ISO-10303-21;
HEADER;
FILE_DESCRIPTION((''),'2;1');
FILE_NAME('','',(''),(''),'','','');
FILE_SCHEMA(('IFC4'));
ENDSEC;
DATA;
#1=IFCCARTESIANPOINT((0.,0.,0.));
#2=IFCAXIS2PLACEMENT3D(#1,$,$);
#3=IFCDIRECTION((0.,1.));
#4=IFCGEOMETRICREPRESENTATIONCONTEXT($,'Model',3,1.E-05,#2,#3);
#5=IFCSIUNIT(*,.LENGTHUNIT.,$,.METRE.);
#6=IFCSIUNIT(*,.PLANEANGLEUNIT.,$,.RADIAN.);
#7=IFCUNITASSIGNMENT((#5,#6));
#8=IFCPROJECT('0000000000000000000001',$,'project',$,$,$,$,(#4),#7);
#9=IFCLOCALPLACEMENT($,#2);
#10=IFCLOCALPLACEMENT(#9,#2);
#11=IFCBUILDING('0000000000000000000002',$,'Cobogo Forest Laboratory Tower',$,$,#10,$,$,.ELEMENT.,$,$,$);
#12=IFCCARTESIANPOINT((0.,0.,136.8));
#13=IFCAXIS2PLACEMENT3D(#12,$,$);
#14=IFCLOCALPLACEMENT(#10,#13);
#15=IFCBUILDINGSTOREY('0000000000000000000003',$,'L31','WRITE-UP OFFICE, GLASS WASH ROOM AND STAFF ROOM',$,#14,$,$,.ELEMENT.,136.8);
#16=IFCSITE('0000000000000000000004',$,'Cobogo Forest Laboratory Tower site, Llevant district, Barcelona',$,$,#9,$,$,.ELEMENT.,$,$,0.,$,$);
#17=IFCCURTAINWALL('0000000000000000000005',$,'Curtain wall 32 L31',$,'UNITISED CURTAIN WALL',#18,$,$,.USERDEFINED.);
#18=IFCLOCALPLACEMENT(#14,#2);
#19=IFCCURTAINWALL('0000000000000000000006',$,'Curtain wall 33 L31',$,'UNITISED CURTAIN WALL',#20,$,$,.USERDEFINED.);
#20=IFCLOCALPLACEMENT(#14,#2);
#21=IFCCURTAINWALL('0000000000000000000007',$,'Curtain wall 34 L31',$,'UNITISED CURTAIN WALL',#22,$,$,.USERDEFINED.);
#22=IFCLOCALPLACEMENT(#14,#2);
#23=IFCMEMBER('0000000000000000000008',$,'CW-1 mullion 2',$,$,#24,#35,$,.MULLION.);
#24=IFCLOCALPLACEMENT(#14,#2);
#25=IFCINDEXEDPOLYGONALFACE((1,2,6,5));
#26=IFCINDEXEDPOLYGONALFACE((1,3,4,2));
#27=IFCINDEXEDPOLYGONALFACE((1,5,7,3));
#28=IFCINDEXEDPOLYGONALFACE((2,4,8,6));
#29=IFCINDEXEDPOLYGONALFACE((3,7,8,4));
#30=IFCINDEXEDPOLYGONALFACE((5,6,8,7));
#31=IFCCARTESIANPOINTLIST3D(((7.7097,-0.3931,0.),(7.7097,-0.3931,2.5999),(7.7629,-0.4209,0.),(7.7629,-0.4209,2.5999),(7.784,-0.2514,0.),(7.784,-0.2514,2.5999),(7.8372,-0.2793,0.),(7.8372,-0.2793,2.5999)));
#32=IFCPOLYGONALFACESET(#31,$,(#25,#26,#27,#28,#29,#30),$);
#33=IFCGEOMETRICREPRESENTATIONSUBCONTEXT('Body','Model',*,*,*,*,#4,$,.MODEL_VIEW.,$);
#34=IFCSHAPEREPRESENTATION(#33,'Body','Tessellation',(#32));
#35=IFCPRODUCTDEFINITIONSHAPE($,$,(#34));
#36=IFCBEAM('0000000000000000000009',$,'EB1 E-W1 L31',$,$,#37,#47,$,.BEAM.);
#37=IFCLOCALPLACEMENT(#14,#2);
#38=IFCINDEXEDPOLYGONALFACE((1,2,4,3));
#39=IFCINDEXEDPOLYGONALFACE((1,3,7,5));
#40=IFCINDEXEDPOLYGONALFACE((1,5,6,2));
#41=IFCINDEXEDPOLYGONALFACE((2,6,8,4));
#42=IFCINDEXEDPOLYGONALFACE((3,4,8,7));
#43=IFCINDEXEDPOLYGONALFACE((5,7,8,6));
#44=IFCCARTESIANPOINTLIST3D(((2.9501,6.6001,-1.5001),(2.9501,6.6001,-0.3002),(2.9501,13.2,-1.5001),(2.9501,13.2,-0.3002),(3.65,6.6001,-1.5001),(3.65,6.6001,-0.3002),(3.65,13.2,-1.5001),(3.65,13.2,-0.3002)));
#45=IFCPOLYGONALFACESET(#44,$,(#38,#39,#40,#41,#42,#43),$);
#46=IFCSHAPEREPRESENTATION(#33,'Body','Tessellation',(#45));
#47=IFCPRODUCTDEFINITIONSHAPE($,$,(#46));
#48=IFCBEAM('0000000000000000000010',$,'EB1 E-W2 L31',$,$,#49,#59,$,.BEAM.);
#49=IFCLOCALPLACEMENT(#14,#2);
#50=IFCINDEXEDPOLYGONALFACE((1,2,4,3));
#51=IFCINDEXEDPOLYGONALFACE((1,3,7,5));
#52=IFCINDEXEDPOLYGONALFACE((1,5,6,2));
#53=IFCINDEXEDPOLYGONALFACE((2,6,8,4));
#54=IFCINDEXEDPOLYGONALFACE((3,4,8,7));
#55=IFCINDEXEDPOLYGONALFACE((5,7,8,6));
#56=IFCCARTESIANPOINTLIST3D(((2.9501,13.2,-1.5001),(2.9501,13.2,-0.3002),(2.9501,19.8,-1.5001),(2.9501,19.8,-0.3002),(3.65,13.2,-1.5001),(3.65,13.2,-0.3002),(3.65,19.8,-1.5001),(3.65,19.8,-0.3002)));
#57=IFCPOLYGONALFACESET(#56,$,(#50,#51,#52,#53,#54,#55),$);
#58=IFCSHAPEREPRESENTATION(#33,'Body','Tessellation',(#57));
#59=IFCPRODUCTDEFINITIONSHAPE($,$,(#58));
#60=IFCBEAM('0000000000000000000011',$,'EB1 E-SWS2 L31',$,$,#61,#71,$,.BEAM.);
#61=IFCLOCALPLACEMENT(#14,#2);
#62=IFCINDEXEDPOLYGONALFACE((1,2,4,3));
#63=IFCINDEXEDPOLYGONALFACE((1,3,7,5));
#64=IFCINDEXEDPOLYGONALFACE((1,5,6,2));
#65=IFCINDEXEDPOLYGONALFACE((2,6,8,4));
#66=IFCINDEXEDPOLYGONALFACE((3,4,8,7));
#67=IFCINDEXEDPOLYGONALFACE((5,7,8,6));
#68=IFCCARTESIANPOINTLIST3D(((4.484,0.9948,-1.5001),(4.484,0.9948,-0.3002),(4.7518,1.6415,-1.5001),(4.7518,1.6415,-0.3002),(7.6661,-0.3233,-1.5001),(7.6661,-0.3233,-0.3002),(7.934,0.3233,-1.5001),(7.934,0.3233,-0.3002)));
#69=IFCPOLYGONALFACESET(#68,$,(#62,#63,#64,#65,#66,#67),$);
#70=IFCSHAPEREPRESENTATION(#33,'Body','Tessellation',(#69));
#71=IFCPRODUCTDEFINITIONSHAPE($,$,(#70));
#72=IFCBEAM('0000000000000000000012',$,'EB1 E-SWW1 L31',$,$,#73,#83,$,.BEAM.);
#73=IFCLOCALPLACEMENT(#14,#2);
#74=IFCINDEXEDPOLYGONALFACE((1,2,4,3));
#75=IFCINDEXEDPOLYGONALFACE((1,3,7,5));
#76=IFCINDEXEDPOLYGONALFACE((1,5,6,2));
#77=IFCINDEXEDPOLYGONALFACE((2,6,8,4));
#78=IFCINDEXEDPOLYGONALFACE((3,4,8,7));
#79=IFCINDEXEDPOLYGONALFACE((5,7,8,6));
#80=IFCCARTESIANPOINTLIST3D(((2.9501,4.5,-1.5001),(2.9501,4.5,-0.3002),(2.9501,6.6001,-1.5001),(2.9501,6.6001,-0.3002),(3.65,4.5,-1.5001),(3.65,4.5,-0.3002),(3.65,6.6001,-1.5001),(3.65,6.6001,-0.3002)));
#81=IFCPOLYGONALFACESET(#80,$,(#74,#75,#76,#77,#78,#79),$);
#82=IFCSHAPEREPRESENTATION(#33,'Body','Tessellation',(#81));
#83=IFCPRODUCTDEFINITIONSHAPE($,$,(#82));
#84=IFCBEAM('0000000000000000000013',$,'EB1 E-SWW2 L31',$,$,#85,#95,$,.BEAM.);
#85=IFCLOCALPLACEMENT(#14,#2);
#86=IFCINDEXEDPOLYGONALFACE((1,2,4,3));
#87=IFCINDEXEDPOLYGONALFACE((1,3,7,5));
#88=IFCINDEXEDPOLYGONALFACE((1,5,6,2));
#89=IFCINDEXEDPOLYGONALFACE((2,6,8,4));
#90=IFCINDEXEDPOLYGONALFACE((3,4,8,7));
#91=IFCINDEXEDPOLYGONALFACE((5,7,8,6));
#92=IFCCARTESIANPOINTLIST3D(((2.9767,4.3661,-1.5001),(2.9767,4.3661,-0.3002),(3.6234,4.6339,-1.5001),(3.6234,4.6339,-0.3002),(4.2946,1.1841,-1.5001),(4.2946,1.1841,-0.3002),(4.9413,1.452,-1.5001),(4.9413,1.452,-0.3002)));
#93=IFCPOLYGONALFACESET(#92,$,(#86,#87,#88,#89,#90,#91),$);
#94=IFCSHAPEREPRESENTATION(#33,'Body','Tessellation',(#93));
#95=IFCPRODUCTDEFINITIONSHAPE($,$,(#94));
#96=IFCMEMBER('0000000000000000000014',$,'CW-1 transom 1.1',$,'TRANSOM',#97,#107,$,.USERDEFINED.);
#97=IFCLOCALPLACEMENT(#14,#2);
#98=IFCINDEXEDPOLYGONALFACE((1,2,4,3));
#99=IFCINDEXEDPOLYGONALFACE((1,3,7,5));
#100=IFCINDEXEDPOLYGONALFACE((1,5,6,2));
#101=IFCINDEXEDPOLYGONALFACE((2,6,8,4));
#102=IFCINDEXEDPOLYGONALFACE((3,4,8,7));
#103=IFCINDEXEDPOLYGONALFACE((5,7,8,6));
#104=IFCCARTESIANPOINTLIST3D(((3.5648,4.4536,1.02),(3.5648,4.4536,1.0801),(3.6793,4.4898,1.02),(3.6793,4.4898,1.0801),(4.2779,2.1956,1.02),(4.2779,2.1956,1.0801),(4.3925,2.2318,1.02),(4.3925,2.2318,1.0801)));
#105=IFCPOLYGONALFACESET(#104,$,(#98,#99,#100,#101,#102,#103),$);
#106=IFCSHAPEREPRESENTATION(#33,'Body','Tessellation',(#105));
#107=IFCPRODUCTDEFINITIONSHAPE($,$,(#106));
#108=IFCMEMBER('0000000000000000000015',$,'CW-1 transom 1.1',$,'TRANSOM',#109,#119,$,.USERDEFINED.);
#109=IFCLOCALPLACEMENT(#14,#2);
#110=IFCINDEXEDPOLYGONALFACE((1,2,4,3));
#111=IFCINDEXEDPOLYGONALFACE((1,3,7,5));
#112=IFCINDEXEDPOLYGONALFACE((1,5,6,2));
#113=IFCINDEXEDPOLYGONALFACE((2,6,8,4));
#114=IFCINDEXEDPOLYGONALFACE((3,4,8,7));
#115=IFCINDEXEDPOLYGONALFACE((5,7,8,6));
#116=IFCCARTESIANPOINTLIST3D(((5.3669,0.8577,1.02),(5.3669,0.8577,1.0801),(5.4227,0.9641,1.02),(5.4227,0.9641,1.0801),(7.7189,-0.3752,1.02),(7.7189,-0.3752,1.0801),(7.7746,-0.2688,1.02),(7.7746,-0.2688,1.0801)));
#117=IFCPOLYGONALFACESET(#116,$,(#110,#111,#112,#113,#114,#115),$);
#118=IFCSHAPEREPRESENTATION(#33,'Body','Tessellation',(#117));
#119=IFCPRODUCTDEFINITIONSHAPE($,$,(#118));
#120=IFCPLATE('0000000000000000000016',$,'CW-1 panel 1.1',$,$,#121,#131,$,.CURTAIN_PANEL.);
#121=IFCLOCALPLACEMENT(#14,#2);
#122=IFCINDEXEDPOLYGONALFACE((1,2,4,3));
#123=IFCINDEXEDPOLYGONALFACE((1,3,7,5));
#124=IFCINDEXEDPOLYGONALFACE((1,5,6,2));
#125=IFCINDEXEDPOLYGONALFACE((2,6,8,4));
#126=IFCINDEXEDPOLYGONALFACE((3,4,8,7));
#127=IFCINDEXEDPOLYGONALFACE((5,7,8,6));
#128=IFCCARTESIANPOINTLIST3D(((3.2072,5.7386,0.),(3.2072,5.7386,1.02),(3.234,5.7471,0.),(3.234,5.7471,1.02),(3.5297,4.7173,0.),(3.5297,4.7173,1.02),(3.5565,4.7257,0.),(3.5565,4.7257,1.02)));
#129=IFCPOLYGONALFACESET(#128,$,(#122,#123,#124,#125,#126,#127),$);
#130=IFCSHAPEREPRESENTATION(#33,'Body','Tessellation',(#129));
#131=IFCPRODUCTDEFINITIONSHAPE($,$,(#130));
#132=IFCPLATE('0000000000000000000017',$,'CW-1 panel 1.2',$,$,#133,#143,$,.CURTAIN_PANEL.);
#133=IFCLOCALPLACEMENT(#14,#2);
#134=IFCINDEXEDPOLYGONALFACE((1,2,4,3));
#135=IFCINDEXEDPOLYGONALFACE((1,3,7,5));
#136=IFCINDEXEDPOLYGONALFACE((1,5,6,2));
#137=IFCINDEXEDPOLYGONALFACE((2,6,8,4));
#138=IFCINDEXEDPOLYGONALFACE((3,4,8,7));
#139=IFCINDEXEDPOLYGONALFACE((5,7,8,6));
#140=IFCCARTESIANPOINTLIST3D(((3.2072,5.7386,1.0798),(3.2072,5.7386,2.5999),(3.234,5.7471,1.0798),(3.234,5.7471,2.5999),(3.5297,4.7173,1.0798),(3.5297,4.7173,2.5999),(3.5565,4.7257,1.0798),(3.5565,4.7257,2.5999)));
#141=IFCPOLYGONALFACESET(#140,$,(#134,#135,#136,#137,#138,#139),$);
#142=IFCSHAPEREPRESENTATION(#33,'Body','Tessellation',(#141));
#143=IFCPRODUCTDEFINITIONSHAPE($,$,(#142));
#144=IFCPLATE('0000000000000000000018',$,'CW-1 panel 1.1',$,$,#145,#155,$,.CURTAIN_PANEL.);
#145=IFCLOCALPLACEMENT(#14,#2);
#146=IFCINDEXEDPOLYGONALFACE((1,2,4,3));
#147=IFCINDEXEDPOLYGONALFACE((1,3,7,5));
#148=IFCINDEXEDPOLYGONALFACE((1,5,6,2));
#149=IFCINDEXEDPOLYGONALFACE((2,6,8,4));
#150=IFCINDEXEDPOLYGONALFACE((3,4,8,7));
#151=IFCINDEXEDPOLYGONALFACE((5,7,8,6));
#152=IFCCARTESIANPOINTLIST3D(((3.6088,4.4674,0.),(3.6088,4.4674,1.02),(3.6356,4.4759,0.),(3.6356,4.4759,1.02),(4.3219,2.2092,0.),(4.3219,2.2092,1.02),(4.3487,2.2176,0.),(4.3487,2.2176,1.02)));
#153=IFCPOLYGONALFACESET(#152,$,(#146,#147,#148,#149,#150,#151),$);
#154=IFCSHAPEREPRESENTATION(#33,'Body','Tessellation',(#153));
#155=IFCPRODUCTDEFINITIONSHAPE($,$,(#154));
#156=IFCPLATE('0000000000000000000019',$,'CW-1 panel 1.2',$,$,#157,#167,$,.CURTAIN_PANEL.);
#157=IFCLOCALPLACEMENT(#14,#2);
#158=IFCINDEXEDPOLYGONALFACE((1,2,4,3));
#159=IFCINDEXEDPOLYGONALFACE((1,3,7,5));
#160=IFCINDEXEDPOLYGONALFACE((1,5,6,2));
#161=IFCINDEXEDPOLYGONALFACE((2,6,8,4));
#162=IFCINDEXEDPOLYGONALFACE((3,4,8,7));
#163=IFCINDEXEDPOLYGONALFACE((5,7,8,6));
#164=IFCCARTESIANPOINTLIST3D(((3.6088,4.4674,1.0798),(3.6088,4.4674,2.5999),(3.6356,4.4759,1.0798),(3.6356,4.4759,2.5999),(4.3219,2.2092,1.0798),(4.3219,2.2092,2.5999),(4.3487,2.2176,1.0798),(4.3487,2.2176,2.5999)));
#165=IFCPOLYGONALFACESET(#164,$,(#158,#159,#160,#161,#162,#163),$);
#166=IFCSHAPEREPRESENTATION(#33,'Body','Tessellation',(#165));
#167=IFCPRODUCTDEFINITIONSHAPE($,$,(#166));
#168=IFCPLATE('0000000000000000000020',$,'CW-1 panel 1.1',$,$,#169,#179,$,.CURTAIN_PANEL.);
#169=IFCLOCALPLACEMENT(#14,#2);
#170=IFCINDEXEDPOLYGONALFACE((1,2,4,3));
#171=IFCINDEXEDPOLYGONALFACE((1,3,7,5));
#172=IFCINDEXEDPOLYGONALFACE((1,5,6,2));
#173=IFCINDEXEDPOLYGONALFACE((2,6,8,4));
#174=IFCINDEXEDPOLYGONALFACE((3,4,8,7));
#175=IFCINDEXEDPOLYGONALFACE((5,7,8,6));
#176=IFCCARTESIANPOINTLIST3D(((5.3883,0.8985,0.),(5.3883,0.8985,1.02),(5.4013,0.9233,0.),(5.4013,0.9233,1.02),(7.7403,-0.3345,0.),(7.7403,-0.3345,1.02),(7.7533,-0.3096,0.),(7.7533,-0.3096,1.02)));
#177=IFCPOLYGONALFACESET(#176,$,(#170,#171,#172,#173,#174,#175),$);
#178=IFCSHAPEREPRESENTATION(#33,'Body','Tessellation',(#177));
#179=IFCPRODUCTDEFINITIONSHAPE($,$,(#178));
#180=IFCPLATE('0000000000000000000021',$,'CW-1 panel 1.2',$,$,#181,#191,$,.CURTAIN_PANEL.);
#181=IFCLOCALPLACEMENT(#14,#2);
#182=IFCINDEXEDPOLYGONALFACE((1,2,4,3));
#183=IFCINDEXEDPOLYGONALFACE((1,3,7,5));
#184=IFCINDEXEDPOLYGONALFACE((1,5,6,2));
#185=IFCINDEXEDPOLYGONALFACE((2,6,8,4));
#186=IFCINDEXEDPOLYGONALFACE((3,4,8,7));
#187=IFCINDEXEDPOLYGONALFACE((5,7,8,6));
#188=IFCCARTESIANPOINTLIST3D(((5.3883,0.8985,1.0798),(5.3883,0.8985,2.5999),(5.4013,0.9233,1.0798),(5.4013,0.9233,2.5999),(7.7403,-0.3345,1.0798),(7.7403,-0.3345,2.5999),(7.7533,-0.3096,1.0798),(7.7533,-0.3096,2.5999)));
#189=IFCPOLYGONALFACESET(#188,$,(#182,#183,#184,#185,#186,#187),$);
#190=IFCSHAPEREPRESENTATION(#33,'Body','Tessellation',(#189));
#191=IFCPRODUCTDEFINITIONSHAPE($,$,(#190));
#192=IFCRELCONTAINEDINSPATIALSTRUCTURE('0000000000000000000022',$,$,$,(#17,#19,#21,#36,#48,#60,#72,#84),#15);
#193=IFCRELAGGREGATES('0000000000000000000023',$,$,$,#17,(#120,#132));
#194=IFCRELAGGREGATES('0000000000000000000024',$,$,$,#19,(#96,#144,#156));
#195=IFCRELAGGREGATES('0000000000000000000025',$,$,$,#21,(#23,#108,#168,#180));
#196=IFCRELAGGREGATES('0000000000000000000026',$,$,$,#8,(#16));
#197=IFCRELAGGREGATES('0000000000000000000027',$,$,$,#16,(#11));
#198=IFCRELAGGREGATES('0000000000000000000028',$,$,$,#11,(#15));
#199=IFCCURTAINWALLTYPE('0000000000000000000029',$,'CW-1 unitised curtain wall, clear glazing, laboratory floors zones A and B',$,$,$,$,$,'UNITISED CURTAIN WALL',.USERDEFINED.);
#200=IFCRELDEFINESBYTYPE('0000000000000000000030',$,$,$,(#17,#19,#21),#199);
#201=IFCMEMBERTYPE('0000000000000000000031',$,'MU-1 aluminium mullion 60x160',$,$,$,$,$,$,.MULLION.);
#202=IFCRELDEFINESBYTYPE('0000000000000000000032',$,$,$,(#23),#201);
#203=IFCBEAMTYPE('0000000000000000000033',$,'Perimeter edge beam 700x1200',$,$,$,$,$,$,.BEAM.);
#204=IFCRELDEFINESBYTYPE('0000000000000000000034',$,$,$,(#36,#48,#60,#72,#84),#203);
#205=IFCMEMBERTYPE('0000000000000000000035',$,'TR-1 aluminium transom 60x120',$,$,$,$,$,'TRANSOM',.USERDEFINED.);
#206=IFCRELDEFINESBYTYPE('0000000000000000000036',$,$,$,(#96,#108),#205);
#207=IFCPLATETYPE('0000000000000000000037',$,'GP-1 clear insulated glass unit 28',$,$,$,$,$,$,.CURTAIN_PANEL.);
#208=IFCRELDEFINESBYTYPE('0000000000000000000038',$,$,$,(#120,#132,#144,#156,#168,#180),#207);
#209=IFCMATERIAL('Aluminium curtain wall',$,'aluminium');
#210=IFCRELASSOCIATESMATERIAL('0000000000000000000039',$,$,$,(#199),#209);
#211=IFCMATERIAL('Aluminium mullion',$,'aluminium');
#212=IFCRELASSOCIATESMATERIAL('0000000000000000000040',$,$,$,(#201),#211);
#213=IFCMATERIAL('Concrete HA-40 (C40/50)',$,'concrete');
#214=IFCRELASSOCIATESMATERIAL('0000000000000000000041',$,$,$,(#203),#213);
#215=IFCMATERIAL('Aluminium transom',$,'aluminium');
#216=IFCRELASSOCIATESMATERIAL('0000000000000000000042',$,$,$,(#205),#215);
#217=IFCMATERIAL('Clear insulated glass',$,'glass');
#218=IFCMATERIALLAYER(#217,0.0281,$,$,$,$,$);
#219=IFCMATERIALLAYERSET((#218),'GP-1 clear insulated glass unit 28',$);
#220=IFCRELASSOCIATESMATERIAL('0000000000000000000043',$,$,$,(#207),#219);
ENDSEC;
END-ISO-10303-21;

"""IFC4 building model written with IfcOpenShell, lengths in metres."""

from ifc_helpers import new_model, si_unit, direction, frame, origin, origin_2d, place, context, subcontext, project, spatial, rectangle, extrude, material, layer, layer_set, material_profile, profile_set, type_object, element, aggregate, save


model = new_model("IFC4")

# Units and contexts
model_context = context("Model", 3, precision=1e-05, world=origin(), true_north=direction((0.0, 1.0)))
body_context = subcontext(model_context, "Body", "Model", "MODEL_VIEW")
ifc_project = project(units=[si_unit("LENGTHUNIT", "METRE"), si_unit("PLANEANGLEUNIT", "RADIAN")], contexts=[model_context])

# Site, building, storey
site_placement = place(None, origin())
site = spatial("IfcSite", under=ifc_project, at=site_placement, Name="Cobogo Forest Laboratory Tower site, Llevant district, Barcelona", CompositionType="ELEMENT", RefElevation=0.0)
building_placement = place(site_placement, origin())
building = spatial("IfcBuilding", under=site, at=building_placement, Name="Cobogo Forest Laboratory Tower", CompositionType="ELEMENT")
storey_placement = place(building_placement, frame((0.0, 0.0, 136.8)))
storey = spatial("IfcBuildingStorey", under=building, at=storey_placement, Name="L31", Description="WRITE-UP OFFICE, GLASS WASH ROOM AND STAFF ROOM", CompositionType="ELEMENT", Elevation=136.8)

# Curtain wall
ifc_material_1 = material(Name="Aluminium curtain wall", Category="aluminium")
curtain_wall_type = type_object("IfcCurtainWallType", Name="CW-1 unitised curtain wall, clear glazing, laboratory floors zones A and B", ElementType="UNITISED CURTAIN WALL", PredefinedType="USERDEFINED", material=ifc_material_1)
curtain_wall_1_placement = place(storey_placement, origin())
curtain_wall_1 = element("IfcCurtainWall", 1, at=curtain_wall_1_placement, inside=storey, type_object=curtain_wall_type, Name="Curtain wall 32 L31", ObjectType="UNITISED CURTAIN WALL", PredefinedType="USERDEFINED")
ifc_material_2 = material(Name="Aluminium mullion", Category="aluminium")
ifc_material_profile_1 = material_profile(ifc_material_2, rectangle(XDim=0.0601, YDim=0.1599, at=origin_2d()), Name="AL 60x160")
ifc_profile_set_1 = profile_set([ifc_material_profile_1], Name="Aluminium mullion")
member_type_1 = type_object("IfcMemberType", Name="MU-1 aluminium mullion 60x160", PredefinedType="MULLION", material=ifc_profile_set_1)

# Curtain walls, member
curtain_wall_2_placement = place(storey_placement, origin())
curtain_wall_2 = element("IfcCurtainWall", 2, at=curtain_wall_2_placement, inside=storey, type_object=curtain_wall_type, Name="Curtain wall 33 L31", ObjectType="UNITISED CURTAIN WALL", PredefinedType="USERDEFINED")
curtain_wall_3_placement = place(storey_placement, origin())
curtain_wall_3 = element("IfcCurtainWall", 3, at=curtain_wall_3_placement, inside=storey, type_object=curtain_wall_type, Name="Curtain wall 34 L31", ObjectType="UNITISED CURTAIN WALL", PredefinedType="USERDEFINED")
member_1_placement = place(storey_placement, frame((7.7734, -0.3362, 0.0), z_axis=(0.0, 0.0, 1.0), x_axis=(0.885687, -0.464284, 0.0)))
member_1 = element("IfcMember", 4, at=member_1_placement, type_object=member_type_1, Name="CW-1 mullion 2", PredefinedType="MULLION", context=body_context, shape_type="SweptSolid", body=[
    extrude(rectangle(XDim=0.0601, YDim=0.1599, at=origin_2d()), origin(), (0.0, 0.0, 1.0), 2.5999),
])

# Beams
ifc_material_3 = material(Name="Concrete HA-40 (C40/50)", Category="concrete")
ifc_material_profile_2 = material_profile(ifc_material_3, rectangle(XDim=0.7, YDim=1.2, at=origin_2d()), Name="RC 700x1200")
ifc_profile_set_2 = profile_set([ifc_material_profile_2], Name="Concrete HA-40 (C40/50)")
beam_type_1 = type_object("IfcBeamType", Name="Perimeter edge beam 700x1200", PredefinedType="BEAM", material=ifc_profile_set_2)
beam_1_placement = place(storey_placement, frame((3.3, 6.6001, -0.9001), z_axis=(0.0, 1.0, 0.0), x_axis=(-1.0, 0.0, 0.0)))
element("IfcBeam", 5, at=beam_1_placement, inside=storey, type_object=beam_type_1, Name="EB1 E-W1 L31", PredefinedType="BEAM", context=body_context, shape_type="SweptSolid", body=[
    extrude(rectangle(XDim=0.7, YDim=1.2, at=origin_2d()), origin(), (0.0, 0.0, 1.0), 6.5999),
])
beam_2_placement = place(storey_placement, frame((3.3, 13.2, -0.9001), z_axis=(0.0, 1.0, 0.0), x_axis=(-1.0, 0.0, 0.0)))
element("IfcBeam", 6, at=beam_2_placement, inside=storey, type_object=beam_type_1, Name="EB1 E-W2 L31", PredefinedType="BEAM", context=body_context, shape_type="SweptSolid", body=[
    extrude(rectangle(XDim=0.7, YDim=1.2, at=origin_2d()), origin(), (0.0, 0.0, 1.0), 6.6001),
])
beam_3_placement = place(storey_placement, frame((7.8, 0.0, -0.9001), z_axis=(-0.923876, 0.382692, 0.0), x_axis=(-0.382692, -0.923876, 0.0)))
element("IfcBeam", 7, at=beam_3_placement, inside=storey, type_object=beam_type_1, Name="EB1 E-SWS2 L31", PredefinedType="BEAM", context=body_context, shape_type="SweptSolid", body=[
    extrude(rectangle(XDim=0.7, YDim=1.2, at=origin_2d()), origin(), (0.0, 0.0, 1.0), 3.4443),
])
beam_4_placement = place(storey_placement, frame((3.3, 6.6001, -0.9001), z_axis=(0.0, -1.0, 0.0), x_axis=(1.0, 0.0, 0.0)))
element("IfcBeam", 8, at=beam_4_placement, inside=storey, type_object=beam_type_1, Name="EB1 E-SWW1 L31", PredefinedType="BEAM", context=body_context, shape_type="SweptSolid", body=[
    extrude(rectangle(XDim=0.7, YDim=1.2, at=origin_2d()), origin(), (0.0, 0.0, 1.0), 2.1001),
])
beam_5_placement = place(storey_placement, frame((3.3, 4.5, -0.9001), z_axis=(0.382656, -0.923891, 0.0), x_axis=(0.923891, 0.382656, 0.0)))
element("IfcBeam", 9, at=beam_5_placement, inside=storey, type_object=beam_type_1, Name="EB1 E-SWW2 L31", PredefinedType="BEAM", context=body_context, shape_type="SweptSolid", body=[
    extrude(rectangle(XDim=0.7, YDim=1.2, at=origin_2d()), origin(), (0.0, 0.0, 1.0), 3.4441),
])

# Members
ifc_material_4 = material(Name="Aluminium transom", Category="aluminium")
ifc_material_profile_3 = material_profile(ifc_material_4, rectangle(XDim=0.1201, YDim=0.0601, at=origin_2d()), Name="AL 60x120")
ifc_profile_set_3 = profile_set([ifc_material_profile_3], Name="Aluminium transom")
member_type_2 = type_object("IfcMemberType", Name="TR-1 aluminium transom 60x120", ElementType="TRANSOM", PredefinedType="USERDEFINED", material=ifc_profile_set_3)
member_2_placement = place(storey_placement, frame((3.6221, 4.4717, 1.05), z_axis=(0.301156, -0.953575, 0.0), x_axis=(0.953575, 0.301156, 0.0)))
member_2 = element("IfcMember", 10, at=member_2_placement, type_object=member_type_2, Name="CW-1 transom 1.1", ObjectType="TRANSOM", PredefinedType="USERDEFINED", context=body_context, shape_type="SweptSolid", body=[
    extrude(rectangle(XDim=0.1201, YDim=0.0601, at=origin_2d()), origin(), (0.0, 0.0, 1.0), 2.3679),
])
member_3_placement = place(storey_placement, frame((5.3948, 0.9109, 1.05), z_axis=(0.885695, -0.464268, 0.0), x_axis=(0.464268, 0.885695, 0.0)))
member_3 = element("IfcMember", 11, at=member_3_placement, type_object=member_type_2, Name="CW-1 transom 1.1", ObjectType="TRANSOM", PredefinedType="USERDEFINED", context=body_context, shape_type="SweptSolid", body=[
    extrude(rectangle(XDim=0.1201, YDim=0.0601, at=origin_2d()), origin(), (0.0, 0.0, 1.0), 2.6555),
])

# Plates
ifc_material_5 = material(Name="Clear insulated glass", Category="glass")
ifc_layer_1 = layer(ifc_material_5, 0.0281)
ifc_layer_set_1 = layer_set([ifc_layer_1], Name="GP-1 clear insulated glass unit 28")
plate_type = type_object("IfcPlateType", Name="GP-1 clear insulated glass unit 28", PredefinedType="CURTAIN_PANEL", material=ifc_layer_set_1)
plate_1_placement = place(storey_placement, frame((3.3818, 5.2322, 0.0), z_axis=(0.0, 0.0, 1.0), x_axis=(0.301136, -0.953581, 0.0)))
plate_1 = element("IfcPlate", 12, at=plate_1_placement, type_object=plate_type, Name="CW-1 panel 1.1", PredefinedType="CURTAIN_PANEL", context=body_context, shape_type="SweptSolid", body=[
    extrude(rectangle(XDim=1.071, YDim=0.0281, at=origin_2d()), origin(), (0.0, 0.0, 1.0), 1.02),
])
plate_2_placement = place(storey_placement, frame((3.3818, 5.2322, 1.0798), z_axis=(0.0, 0.0, 1.0), x_axis=(0.301136, -0.953581, 0.0)))
plate_2 = element("IfcPlate", 13, at=plate_2_placement, type_object=plate_type, Name="CW-1 panel 1.2", PredefinedType="CURTAIN_PANEL", context=body_context, shape_type="SweptSolid", body=[
    extrude(rectangle(XDim=1.071, YDim=0.0281, at=origin_2d()), origin(), (0.0, 0.0, 1.0), 1.52),
])
aggregate(curtain_wall_1, [plate_1, plate_2])
plate_3_placement = place(storey_placement, frame((3.9788, 3.3425, 0.0), z_axis=(0.0, 0.0, 1.0), x_axis=(0.301135, -0.953581, 0.0)))
plate_3 = element("IfcPlate", 14, at=plate_3_placement, type_object=plate_type, Name="CW-1 panel 1.1", PredefinedType="CURTAIN_PANEL", context=body_context, shape_type="SweptSolid", body=[
    extrude(rectangle(XDim=2.3682, YDim=0.0281, at=origin_2d()), origin(), (0.0, 0.0, 1.0), 1.02),
])
plate_4_placement = place(storey_placement, frame((3.9788, 3.3425, 1.0798), z_axis=(0.0, 0.0, 1.0), x_axis=(0.301135, -0.953581, 0.0)))
plate_4 = element("IfcPlate", 15, at=plate_4_placement, type_object=plate_type, Name="CW-1 panel 1.2", PredefinedType="CURTAIN_PANEL", context=body_context, shape_type="SweptSolid", body=[
    extrude(rectangle(XDim=2.3682, YDim=0.0281, at=origin_2d()), origin(), (0.0, 0.0, 1.0), 1.52),
])
aggregate(curtain_wall_2, [member_2, plate_3, plate_4])
plate_5_placement = place(storey_placement, frame((6.5708, 0.2944, 0.0), z_axis=(0.0, 0.0, 1.0), x_axis=(0.885687, -0.464284, 0.0)))
plate_5 = element("IfcPlate", 16, at=plate_5_placement, type_object=plate_type, Name="CW-1 panel 1.1", PredefinedType="CURTAIN_PANEL", context=body_context, shape_type="SweptSolid", body=[
    extrude(rectangle(XDim=2.6555, YDim=0.0281, at=origin_2d()), origin(), (0.0, 0.0, 1.0), 1.02),
])
plate_6_placement = place(storey_placement, frame((6.5708, 0.2944, 1.0798), z_axis=(0.0, 0.0, 1.0), x_axis=(0.885687, -0.464284, 0.0)))
plate_6 = element("IfcPlate", 17, at=plate_6_placement, type_object=plate_type, Name="CW-1 panel 1.2", PredefinedType="CURTAIN_PANEL", context=body_context, shape_type="SweptSolid", body=[
    extrude(rectangle(XDim=2.6555, YDim=0.0281, at=origin_2d()), origin(), (0.0, 0.0, 1.0), 1.52),
])
aggregate(curtain_wall_3, [member_1, member_3, plate_5, plate_6])

save(model, "model.ifc")
